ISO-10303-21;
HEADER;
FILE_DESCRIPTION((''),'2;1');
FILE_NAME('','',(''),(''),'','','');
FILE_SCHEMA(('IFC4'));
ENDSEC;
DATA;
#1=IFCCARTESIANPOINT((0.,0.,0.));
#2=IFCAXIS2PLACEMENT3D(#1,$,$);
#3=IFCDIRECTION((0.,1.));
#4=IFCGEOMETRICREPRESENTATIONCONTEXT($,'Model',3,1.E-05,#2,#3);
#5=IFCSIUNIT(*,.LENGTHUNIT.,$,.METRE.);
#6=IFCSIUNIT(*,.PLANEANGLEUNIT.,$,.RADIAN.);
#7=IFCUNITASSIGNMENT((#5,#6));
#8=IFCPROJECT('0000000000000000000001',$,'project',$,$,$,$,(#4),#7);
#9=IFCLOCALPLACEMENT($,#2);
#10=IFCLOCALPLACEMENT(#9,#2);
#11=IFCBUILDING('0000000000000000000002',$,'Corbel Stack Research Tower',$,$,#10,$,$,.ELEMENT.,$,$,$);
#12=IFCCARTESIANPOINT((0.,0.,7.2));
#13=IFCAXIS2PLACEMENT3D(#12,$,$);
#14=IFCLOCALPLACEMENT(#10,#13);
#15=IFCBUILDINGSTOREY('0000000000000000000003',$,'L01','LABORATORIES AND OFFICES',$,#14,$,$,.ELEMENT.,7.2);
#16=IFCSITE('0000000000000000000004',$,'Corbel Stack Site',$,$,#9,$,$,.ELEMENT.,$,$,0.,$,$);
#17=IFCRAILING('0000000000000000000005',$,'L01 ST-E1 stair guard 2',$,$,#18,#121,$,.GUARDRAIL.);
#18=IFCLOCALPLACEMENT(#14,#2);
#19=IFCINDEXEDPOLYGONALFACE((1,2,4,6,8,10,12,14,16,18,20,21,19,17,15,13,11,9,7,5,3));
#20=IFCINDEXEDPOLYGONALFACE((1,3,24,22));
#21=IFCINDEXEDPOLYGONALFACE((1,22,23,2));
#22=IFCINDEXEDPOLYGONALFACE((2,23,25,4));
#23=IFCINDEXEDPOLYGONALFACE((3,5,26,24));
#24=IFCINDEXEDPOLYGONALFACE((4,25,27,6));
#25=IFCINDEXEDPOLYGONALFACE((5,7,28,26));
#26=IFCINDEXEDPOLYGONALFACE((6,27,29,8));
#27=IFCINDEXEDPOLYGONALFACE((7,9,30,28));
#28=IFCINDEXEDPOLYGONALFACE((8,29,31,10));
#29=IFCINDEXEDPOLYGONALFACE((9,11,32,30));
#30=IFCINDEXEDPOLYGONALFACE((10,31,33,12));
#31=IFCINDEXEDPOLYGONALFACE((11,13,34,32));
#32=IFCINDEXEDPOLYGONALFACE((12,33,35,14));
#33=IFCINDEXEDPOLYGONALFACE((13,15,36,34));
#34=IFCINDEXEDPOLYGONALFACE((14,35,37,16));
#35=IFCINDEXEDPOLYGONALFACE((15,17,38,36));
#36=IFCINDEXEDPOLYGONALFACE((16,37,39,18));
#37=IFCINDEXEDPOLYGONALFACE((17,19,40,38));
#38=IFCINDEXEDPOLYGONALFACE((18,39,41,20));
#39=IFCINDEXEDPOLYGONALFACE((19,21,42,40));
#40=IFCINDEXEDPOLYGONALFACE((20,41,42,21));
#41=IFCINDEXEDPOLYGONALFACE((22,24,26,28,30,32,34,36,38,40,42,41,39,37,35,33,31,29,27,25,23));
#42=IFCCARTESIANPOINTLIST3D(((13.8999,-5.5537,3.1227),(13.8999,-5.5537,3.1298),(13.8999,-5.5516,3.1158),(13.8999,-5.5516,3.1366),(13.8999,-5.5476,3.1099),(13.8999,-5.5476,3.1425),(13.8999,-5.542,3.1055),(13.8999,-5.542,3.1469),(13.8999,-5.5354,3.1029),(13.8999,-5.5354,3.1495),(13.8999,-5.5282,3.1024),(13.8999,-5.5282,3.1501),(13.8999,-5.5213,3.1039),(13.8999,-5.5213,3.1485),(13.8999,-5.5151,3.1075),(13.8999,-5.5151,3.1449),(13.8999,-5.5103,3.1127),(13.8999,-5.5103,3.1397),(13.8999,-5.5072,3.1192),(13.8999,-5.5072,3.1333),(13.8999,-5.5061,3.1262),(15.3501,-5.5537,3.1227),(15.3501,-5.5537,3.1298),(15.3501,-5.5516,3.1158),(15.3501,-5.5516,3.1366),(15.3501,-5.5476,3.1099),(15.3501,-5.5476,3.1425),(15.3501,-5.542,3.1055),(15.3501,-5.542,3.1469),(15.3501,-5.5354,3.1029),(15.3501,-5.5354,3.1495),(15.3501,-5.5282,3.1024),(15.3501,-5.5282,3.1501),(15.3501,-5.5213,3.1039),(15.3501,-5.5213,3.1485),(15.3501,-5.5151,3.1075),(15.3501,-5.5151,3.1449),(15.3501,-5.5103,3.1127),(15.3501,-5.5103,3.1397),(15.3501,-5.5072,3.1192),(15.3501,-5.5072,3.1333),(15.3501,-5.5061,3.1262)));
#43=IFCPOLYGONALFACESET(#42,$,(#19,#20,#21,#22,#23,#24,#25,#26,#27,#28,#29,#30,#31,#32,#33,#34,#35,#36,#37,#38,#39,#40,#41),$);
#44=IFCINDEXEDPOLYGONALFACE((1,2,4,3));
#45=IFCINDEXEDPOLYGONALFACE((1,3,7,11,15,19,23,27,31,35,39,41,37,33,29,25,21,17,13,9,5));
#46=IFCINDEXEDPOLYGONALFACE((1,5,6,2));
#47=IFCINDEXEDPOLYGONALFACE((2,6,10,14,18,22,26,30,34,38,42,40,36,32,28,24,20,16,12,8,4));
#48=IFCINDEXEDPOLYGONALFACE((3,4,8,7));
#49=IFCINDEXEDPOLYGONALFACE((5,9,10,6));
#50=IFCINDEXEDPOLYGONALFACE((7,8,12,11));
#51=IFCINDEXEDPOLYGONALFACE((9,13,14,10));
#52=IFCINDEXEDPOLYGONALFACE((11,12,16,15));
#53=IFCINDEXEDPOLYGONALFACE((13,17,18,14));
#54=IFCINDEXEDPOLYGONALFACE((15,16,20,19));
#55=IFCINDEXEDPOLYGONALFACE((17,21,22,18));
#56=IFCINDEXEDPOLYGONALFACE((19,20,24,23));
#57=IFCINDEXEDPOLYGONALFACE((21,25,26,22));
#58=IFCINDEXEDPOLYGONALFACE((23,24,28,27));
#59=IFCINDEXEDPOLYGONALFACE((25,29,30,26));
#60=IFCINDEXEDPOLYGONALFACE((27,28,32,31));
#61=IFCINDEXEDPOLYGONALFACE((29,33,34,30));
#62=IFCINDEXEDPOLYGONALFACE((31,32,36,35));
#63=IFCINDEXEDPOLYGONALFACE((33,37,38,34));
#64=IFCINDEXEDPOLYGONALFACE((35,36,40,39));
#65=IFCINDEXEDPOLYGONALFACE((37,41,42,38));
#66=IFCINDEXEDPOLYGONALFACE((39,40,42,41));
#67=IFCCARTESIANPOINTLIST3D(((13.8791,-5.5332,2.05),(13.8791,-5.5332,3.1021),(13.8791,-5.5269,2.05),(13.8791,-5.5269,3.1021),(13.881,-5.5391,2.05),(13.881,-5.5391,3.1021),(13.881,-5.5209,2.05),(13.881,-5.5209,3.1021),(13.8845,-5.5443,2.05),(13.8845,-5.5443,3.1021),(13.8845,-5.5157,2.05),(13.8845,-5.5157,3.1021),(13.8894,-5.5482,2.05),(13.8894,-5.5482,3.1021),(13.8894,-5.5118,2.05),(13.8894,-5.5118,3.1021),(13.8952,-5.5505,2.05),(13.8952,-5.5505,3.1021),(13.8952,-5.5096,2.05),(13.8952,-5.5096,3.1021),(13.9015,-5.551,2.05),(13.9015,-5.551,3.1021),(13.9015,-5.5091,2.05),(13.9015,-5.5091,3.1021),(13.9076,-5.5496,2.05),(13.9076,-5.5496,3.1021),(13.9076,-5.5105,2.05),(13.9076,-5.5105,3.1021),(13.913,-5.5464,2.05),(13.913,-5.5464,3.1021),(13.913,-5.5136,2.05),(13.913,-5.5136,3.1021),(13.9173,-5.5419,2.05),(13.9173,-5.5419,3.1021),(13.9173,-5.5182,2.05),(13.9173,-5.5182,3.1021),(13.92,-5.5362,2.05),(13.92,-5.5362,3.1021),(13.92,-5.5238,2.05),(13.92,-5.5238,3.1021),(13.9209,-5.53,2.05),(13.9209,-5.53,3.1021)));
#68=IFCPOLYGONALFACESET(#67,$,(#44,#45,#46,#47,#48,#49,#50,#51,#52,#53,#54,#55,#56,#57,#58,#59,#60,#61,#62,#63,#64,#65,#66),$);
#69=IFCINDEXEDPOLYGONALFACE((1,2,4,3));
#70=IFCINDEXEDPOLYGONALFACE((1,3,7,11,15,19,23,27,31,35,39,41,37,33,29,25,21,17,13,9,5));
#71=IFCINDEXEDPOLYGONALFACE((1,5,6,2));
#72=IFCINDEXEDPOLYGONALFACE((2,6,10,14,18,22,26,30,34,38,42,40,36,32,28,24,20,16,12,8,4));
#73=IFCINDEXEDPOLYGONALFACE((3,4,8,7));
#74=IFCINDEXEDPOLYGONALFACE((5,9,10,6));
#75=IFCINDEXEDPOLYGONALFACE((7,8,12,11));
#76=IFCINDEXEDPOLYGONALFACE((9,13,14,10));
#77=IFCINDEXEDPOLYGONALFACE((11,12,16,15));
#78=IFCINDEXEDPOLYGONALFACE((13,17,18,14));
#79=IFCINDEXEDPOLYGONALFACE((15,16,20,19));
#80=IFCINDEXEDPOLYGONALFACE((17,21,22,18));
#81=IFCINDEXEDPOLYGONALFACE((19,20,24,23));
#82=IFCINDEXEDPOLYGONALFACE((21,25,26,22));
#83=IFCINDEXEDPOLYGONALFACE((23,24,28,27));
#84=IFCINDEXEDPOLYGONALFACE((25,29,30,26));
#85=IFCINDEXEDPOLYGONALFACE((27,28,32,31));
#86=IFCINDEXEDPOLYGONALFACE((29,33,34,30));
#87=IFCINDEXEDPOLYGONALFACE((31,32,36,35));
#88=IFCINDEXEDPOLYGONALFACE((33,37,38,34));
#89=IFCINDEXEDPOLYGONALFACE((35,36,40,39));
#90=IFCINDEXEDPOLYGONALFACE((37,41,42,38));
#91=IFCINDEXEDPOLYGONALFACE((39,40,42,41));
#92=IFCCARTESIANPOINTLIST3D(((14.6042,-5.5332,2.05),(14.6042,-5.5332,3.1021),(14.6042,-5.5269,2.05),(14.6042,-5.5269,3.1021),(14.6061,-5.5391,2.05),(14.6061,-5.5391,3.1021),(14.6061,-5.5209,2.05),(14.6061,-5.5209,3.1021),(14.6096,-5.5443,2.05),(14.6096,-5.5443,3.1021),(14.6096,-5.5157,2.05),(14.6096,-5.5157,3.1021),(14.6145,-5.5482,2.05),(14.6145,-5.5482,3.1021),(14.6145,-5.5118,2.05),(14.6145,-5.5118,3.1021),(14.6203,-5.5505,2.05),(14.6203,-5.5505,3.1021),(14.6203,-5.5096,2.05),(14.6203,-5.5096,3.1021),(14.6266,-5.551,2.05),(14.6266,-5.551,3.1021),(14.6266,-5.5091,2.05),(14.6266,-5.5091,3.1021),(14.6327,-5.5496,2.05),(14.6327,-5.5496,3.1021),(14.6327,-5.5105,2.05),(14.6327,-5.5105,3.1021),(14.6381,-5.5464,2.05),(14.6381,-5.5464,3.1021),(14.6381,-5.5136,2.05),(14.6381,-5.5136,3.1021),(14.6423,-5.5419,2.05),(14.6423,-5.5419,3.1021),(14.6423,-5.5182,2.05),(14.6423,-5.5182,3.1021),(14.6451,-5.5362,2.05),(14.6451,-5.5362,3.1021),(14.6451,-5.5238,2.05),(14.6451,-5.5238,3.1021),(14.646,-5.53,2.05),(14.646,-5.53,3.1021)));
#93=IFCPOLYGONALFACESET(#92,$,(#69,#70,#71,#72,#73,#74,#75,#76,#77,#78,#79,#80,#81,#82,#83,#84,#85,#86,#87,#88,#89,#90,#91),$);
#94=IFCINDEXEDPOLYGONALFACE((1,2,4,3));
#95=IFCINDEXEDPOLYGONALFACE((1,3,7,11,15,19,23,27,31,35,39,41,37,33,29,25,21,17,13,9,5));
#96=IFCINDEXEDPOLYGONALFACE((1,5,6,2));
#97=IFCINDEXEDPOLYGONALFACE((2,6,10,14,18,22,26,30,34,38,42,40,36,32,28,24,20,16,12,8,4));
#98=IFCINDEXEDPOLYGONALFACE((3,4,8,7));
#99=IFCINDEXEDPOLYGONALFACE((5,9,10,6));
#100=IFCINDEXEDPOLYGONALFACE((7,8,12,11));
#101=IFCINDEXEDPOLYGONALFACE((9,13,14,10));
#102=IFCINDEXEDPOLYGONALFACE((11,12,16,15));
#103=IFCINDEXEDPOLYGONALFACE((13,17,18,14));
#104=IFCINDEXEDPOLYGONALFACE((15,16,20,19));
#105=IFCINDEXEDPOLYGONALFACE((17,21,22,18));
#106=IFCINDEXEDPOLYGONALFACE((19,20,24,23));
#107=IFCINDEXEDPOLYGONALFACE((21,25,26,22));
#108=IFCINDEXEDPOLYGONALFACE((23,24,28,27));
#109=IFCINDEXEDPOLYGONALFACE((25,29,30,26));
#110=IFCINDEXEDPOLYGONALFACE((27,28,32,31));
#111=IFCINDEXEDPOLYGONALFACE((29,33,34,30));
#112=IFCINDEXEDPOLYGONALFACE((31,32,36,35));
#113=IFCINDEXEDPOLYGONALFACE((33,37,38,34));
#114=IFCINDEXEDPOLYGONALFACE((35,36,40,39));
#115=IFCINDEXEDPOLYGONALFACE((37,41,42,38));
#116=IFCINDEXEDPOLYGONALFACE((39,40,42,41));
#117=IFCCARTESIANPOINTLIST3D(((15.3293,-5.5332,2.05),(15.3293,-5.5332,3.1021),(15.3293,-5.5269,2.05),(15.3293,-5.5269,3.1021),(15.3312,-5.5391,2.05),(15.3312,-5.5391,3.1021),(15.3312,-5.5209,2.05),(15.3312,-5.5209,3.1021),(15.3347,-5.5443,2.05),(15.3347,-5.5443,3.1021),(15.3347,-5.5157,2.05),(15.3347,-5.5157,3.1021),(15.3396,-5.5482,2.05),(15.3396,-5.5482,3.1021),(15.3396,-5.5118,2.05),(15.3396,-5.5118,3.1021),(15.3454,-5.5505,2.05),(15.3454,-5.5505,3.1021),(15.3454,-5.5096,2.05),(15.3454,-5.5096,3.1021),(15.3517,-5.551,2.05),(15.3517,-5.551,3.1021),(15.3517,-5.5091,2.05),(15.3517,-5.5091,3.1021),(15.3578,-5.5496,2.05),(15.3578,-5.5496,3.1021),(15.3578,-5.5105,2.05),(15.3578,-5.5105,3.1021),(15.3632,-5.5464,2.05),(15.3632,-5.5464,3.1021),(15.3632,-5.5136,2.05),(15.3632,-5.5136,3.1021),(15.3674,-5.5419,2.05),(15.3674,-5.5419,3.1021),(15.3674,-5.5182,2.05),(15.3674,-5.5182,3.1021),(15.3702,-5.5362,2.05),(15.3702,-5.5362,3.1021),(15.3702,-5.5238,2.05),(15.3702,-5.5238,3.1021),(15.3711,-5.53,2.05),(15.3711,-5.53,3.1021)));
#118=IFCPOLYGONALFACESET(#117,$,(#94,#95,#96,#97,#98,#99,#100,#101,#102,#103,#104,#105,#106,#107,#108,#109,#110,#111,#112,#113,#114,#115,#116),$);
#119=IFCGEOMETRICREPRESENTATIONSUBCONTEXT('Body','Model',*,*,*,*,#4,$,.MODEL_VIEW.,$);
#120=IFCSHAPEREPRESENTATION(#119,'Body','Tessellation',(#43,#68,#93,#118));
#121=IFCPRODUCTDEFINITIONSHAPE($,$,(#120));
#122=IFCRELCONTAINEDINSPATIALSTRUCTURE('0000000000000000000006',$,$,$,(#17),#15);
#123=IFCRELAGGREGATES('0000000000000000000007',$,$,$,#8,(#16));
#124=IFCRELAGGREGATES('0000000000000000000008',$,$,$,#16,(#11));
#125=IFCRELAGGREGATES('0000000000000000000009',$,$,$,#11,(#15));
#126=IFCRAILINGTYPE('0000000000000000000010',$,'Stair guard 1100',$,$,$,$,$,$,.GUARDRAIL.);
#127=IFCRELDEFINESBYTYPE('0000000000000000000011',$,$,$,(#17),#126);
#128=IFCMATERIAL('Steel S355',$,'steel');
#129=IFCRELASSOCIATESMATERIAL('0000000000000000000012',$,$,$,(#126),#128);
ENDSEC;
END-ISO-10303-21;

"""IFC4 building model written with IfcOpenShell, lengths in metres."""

from ifc_helpers import new_model, si_unit, direction, frame, origin, origin_2d, place, context, subcontext, project, spatial, circle, extrude, material, type_object, element, save


model = new_model("IFC4")

# Units and contexts
model_context = context("Model", 3, precision=1e-05, world=origin(), true_north=direction((0.0, 1.0)))
body_context = subcontext(model_context, "Body", "Model", "MODEL_VIEW")
ifc_project = project(units=[si_unit("LENGTHUNIT", "METRE"), si_unit("PLANEANGLEUNIT", "RADIAN")], contexts=[model_context])

# Site, building, storey
site_placement = place(None, origin())
site = spatial("IfcSite", under=ifc_project, at=site_placement, Name="Corbel Stack Site", CompositionType="ELEMENT", RefElevation=0.0)
building_placement = place(site_placement, origin())
building = spatial("IfcBuilding", under=site, at=building_placement, Name="Corbel Stack Research Tower", CompositionType="ELEMENT")
storey_placement = place(building_placement, frame((0.0, 0.0, 7.2)))
storey = spatial("IfcBuildingStorey", under=building, at=storey_placement, Name="L01", Description="LABORATORIES AND OFFICES", CompositionType="ELEMENT", Elevation=7.2)

# Railing
ifc_material_1 = material(Name="Steel S355", Category="steel")
railing_type_1 = type_object("IfcRailingType", Name="Stair guard 1100", PredefinedType="GUARDRAIL", material=ifc_material_1)
railing_1_placement = place(storey_placement, frame((13.8999, -5.53, 2.05)))
element("IfcRailing", 1, at=railing_1_placement, inside=storey, type_object=railing_type_1, Name="L01 ST-E1 stair guard 2", PredefinedType="GUARDRAIL", context=body_context, shape_type="SweptSolid", body=[
    extrude(circle(Radius=0.0239, at=origin_2d()), frame((0.0, 0.0, 1.0762), z_axis=(1.0, 0.0, 0.0), x_axis=(0.0, 1.0, 0.0)), (0.0, 0.0, 1.0), 1.4502),
    extrude(circle(Radius=0.021, at=origin_2d()), origin(), (0.0, 0.0, 1.0), 1.052),
    extrude(circle(Radius=0.021, at=origin_2d()), frame((0.7251, 0.0, 0.0)), (0.0, 0.0, 1.0), 1.052),
    extrude(circle(Radius=0.021, at=origin_2d()), frame((1.4502, 0.0, 0.0)), (0.0, 0.0, 1.0), 1.052),
])

save(model, "model.ifc")
